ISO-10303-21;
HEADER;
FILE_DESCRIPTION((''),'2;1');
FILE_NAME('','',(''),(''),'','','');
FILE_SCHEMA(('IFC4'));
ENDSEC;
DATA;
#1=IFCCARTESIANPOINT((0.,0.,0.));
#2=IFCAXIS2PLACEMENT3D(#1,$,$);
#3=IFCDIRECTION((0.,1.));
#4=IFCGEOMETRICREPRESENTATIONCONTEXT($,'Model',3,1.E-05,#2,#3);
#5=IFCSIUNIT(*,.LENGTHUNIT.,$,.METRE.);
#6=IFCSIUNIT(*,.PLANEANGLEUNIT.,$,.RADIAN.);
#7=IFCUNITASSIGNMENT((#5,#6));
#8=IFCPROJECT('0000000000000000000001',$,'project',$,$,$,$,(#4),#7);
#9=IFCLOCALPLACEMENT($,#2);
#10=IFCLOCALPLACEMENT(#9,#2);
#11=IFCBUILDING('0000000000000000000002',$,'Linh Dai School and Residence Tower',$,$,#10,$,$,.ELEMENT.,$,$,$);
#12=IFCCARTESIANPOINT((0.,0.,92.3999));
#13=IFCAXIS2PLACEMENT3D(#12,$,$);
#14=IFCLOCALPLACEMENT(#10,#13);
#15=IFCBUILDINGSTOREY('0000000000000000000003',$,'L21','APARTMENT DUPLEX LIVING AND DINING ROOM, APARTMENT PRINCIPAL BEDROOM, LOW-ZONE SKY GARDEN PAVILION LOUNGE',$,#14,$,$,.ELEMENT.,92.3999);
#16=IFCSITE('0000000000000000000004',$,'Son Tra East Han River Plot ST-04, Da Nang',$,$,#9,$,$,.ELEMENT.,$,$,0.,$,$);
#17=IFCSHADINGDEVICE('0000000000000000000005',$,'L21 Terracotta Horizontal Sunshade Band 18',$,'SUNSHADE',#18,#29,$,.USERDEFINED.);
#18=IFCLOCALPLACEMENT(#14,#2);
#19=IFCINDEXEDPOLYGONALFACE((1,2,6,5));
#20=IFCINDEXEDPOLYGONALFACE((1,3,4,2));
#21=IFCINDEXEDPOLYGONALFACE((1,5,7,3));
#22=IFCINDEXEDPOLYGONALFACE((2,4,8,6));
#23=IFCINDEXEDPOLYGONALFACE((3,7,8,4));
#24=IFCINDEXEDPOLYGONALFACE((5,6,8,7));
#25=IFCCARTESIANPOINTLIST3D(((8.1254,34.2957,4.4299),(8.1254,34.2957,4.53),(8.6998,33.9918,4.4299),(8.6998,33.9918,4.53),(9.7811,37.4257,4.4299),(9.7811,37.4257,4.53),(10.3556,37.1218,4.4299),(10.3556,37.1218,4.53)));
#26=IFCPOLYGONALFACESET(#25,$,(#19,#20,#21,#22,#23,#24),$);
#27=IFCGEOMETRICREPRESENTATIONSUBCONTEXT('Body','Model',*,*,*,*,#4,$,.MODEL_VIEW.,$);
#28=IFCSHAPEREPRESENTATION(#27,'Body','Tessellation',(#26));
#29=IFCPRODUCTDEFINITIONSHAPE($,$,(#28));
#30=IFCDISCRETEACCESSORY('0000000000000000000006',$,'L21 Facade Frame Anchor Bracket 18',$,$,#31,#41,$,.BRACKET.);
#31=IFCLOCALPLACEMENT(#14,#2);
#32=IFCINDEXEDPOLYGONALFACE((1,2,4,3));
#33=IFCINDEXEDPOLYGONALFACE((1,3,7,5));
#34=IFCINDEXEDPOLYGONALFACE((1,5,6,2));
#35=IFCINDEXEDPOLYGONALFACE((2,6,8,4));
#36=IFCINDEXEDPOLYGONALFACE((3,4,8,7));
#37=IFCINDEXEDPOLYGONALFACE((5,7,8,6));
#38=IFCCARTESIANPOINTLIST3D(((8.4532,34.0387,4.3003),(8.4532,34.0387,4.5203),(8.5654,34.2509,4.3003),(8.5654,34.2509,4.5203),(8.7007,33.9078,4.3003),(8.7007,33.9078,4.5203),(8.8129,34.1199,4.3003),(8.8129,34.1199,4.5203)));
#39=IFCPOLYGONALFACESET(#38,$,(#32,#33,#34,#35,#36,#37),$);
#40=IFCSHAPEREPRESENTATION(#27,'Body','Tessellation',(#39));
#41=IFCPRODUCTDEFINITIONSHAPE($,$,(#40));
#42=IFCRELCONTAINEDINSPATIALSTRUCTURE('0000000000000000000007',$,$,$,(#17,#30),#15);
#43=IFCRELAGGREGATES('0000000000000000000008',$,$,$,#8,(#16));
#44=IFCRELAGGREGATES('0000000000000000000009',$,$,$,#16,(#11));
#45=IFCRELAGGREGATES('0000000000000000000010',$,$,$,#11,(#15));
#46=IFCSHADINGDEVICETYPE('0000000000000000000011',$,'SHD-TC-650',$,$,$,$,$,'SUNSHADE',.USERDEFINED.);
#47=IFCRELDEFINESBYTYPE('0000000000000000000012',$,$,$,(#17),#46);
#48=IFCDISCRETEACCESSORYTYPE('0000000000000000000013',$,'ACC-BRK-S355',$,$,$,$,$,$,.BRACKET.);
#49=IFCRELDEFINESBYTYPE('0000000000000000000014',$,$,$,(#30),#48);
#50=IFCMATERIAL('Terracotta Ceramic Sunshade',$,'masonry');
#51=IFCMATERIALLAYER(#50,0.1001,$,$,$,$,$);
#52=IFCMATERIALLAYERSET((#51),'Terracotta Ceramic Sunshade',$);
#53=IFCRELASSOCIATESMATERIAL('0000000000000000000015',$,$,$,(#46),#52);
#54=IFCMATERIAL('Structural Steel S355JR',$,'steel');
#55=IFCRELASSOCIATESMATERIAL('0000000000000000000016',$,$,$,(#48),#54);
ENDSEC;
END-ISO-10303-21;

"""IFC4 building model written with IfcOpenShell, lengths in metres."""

from ifc_helpers import new_model, si_unit, direction, frame, origin, origin_2d, place, context, subcontext, project, spatial, rectangle, extrude, source, transform, mapped, material, layer, layer_set, type_object, element, save


model = new_model("IFC4")

# Units and contexts
model_context = context("Model", 3, precision=1e-05, world=origin(), true_north=direction((0.0, 1.0)))
body_context = subcontext(model_context, "Body", "Model", "MODEL_VIEW")
ifc_project = project(units=[si_unit("LENGTHUNIT", "METRE"), si_unit("PLANEANGLEUNIT", "RADIAN")], contexts=[model_context])

# Site, building, storey
site_placement = place(None, origin())
site = spatial("IfcSite", under=ifc_project, at=site_placement, Name="Son Tra East Han River Plot ST-04, Da Nang", CompositionType="ELEMENT", RefElevation=0.0)
building_placement = place(site_placement, origin())
building = spatial("IfcBuilding", under=site, at=building_placement, Name="Linh Dai School and Residence Tower", CompositionType="ELEMENT")
storey_placement = place(building_placement, frame((0.0, 0.0, 92.3999)))
storey = spatial("IfcBuildingStorey", under=building, at=storey_placement, Name="L21", Description="APARTMENT DUPLEX LIVING AND DINING ROOM, APARTMENT PRINCIPAL BEDROOM, LOW-ZONE SKY GARDEN PAVILION LOUNGE", CompositionType="ELEMENT", Elevation=92.3999)

# Shared definitions
ifc_material_1 = material(Name="Structural Steel S355JR", Category="steel")

# Shading device
ifc_material_2 = material(Name="Terracotta Ceramic Sunshade", Category="masonry")
ifc_layer_1 = layer(ifc_material_2, 0.1001)
ifc_layer_set_1 = layer_set([ifc_layer_1], Name="Terracotta Ceramic Sunshade")
shading_device_type = type_object("IfcShadingDeviceType", Name="SHD-TC-650", ElementType="SUNSHADE", PredefinedType="USERDEFINED", material=ifc_layer_set_1)
shared_shape_1 = source(origin(), body_context, "Body", "SweptSolid", [
    extrude(rectangle(XDim=3.541, YDim=0.6499, at=origin_2d()), origin(), (0.0, 0.0, 1.0), 0.1001),
])
shading_device_placement = place(storey_placement, frame((9.2405, 35.7087, 4.4299), z_axis=(0.0, 0.0, 1.0), x_axis=(0.467596, 0.883942, 0.0)))
element("IfcShadingDevice", 1, at=shading_device_placement, inside=storey, type_object=shading_device_type, Name="L21 Terracotta Horizontal Sunshade Band 18", ObjectType="SUNSHADE", PredefinedType="USERDEFINED", context=body_context, shape_type="MappedRepresentation", body=[
    mapped(shared_shape_1, transform((0.0, 0.0, 0.0), x_axis=(1.0, 0.0, 0.0), y_axis=(0.0, 1.0, 0.0), z_axis=(0.0, 0.0, 1.0), scale=1.0)),
])

# Discrete accessory
discrete_accessory_type = type_object("IfcDiscreteAccessoryType", Name="ACC-BRK-S355", PredefinedType="BRACKET", material=ifc_material_1)
shared_shape_2 = source(origin(), body_context, "Body", "SweptSolid", [
    extrude(rectangle(XDim=0.28, YDim=0.24, at=origin_2d()), origin(), (0.0, 0.0, 1.0), 0.22),
])
discrete_accessory_placement = place(storey_placement, frame((8.6331, 34.0793, 4.3003), z_axis=(0.0, 0.0, 1.0), x_axis=(-0.883942, 0.467596, 0.0)))
element("IfcDiscreteAccessory", 2, at=discrete_accessory_placement, inside=storey, type_object=discrete_accessory_type, Name="L21 Facade Frame Anchor Bracket 18", PredefinedType="BRACKET", context=body_context, shape_type="MappedRepresentation", body=[
    mapped(shared_shape_2, transform((0.0, 0.0, 0.0), x_axis=(1.0, 0.0, 0.0), y_axis=(0.0, 1.0, 0.0), z_axis=(0.0, 0.0, 1.0), scale=1.0)),
])

save(model, "model.ifc")
